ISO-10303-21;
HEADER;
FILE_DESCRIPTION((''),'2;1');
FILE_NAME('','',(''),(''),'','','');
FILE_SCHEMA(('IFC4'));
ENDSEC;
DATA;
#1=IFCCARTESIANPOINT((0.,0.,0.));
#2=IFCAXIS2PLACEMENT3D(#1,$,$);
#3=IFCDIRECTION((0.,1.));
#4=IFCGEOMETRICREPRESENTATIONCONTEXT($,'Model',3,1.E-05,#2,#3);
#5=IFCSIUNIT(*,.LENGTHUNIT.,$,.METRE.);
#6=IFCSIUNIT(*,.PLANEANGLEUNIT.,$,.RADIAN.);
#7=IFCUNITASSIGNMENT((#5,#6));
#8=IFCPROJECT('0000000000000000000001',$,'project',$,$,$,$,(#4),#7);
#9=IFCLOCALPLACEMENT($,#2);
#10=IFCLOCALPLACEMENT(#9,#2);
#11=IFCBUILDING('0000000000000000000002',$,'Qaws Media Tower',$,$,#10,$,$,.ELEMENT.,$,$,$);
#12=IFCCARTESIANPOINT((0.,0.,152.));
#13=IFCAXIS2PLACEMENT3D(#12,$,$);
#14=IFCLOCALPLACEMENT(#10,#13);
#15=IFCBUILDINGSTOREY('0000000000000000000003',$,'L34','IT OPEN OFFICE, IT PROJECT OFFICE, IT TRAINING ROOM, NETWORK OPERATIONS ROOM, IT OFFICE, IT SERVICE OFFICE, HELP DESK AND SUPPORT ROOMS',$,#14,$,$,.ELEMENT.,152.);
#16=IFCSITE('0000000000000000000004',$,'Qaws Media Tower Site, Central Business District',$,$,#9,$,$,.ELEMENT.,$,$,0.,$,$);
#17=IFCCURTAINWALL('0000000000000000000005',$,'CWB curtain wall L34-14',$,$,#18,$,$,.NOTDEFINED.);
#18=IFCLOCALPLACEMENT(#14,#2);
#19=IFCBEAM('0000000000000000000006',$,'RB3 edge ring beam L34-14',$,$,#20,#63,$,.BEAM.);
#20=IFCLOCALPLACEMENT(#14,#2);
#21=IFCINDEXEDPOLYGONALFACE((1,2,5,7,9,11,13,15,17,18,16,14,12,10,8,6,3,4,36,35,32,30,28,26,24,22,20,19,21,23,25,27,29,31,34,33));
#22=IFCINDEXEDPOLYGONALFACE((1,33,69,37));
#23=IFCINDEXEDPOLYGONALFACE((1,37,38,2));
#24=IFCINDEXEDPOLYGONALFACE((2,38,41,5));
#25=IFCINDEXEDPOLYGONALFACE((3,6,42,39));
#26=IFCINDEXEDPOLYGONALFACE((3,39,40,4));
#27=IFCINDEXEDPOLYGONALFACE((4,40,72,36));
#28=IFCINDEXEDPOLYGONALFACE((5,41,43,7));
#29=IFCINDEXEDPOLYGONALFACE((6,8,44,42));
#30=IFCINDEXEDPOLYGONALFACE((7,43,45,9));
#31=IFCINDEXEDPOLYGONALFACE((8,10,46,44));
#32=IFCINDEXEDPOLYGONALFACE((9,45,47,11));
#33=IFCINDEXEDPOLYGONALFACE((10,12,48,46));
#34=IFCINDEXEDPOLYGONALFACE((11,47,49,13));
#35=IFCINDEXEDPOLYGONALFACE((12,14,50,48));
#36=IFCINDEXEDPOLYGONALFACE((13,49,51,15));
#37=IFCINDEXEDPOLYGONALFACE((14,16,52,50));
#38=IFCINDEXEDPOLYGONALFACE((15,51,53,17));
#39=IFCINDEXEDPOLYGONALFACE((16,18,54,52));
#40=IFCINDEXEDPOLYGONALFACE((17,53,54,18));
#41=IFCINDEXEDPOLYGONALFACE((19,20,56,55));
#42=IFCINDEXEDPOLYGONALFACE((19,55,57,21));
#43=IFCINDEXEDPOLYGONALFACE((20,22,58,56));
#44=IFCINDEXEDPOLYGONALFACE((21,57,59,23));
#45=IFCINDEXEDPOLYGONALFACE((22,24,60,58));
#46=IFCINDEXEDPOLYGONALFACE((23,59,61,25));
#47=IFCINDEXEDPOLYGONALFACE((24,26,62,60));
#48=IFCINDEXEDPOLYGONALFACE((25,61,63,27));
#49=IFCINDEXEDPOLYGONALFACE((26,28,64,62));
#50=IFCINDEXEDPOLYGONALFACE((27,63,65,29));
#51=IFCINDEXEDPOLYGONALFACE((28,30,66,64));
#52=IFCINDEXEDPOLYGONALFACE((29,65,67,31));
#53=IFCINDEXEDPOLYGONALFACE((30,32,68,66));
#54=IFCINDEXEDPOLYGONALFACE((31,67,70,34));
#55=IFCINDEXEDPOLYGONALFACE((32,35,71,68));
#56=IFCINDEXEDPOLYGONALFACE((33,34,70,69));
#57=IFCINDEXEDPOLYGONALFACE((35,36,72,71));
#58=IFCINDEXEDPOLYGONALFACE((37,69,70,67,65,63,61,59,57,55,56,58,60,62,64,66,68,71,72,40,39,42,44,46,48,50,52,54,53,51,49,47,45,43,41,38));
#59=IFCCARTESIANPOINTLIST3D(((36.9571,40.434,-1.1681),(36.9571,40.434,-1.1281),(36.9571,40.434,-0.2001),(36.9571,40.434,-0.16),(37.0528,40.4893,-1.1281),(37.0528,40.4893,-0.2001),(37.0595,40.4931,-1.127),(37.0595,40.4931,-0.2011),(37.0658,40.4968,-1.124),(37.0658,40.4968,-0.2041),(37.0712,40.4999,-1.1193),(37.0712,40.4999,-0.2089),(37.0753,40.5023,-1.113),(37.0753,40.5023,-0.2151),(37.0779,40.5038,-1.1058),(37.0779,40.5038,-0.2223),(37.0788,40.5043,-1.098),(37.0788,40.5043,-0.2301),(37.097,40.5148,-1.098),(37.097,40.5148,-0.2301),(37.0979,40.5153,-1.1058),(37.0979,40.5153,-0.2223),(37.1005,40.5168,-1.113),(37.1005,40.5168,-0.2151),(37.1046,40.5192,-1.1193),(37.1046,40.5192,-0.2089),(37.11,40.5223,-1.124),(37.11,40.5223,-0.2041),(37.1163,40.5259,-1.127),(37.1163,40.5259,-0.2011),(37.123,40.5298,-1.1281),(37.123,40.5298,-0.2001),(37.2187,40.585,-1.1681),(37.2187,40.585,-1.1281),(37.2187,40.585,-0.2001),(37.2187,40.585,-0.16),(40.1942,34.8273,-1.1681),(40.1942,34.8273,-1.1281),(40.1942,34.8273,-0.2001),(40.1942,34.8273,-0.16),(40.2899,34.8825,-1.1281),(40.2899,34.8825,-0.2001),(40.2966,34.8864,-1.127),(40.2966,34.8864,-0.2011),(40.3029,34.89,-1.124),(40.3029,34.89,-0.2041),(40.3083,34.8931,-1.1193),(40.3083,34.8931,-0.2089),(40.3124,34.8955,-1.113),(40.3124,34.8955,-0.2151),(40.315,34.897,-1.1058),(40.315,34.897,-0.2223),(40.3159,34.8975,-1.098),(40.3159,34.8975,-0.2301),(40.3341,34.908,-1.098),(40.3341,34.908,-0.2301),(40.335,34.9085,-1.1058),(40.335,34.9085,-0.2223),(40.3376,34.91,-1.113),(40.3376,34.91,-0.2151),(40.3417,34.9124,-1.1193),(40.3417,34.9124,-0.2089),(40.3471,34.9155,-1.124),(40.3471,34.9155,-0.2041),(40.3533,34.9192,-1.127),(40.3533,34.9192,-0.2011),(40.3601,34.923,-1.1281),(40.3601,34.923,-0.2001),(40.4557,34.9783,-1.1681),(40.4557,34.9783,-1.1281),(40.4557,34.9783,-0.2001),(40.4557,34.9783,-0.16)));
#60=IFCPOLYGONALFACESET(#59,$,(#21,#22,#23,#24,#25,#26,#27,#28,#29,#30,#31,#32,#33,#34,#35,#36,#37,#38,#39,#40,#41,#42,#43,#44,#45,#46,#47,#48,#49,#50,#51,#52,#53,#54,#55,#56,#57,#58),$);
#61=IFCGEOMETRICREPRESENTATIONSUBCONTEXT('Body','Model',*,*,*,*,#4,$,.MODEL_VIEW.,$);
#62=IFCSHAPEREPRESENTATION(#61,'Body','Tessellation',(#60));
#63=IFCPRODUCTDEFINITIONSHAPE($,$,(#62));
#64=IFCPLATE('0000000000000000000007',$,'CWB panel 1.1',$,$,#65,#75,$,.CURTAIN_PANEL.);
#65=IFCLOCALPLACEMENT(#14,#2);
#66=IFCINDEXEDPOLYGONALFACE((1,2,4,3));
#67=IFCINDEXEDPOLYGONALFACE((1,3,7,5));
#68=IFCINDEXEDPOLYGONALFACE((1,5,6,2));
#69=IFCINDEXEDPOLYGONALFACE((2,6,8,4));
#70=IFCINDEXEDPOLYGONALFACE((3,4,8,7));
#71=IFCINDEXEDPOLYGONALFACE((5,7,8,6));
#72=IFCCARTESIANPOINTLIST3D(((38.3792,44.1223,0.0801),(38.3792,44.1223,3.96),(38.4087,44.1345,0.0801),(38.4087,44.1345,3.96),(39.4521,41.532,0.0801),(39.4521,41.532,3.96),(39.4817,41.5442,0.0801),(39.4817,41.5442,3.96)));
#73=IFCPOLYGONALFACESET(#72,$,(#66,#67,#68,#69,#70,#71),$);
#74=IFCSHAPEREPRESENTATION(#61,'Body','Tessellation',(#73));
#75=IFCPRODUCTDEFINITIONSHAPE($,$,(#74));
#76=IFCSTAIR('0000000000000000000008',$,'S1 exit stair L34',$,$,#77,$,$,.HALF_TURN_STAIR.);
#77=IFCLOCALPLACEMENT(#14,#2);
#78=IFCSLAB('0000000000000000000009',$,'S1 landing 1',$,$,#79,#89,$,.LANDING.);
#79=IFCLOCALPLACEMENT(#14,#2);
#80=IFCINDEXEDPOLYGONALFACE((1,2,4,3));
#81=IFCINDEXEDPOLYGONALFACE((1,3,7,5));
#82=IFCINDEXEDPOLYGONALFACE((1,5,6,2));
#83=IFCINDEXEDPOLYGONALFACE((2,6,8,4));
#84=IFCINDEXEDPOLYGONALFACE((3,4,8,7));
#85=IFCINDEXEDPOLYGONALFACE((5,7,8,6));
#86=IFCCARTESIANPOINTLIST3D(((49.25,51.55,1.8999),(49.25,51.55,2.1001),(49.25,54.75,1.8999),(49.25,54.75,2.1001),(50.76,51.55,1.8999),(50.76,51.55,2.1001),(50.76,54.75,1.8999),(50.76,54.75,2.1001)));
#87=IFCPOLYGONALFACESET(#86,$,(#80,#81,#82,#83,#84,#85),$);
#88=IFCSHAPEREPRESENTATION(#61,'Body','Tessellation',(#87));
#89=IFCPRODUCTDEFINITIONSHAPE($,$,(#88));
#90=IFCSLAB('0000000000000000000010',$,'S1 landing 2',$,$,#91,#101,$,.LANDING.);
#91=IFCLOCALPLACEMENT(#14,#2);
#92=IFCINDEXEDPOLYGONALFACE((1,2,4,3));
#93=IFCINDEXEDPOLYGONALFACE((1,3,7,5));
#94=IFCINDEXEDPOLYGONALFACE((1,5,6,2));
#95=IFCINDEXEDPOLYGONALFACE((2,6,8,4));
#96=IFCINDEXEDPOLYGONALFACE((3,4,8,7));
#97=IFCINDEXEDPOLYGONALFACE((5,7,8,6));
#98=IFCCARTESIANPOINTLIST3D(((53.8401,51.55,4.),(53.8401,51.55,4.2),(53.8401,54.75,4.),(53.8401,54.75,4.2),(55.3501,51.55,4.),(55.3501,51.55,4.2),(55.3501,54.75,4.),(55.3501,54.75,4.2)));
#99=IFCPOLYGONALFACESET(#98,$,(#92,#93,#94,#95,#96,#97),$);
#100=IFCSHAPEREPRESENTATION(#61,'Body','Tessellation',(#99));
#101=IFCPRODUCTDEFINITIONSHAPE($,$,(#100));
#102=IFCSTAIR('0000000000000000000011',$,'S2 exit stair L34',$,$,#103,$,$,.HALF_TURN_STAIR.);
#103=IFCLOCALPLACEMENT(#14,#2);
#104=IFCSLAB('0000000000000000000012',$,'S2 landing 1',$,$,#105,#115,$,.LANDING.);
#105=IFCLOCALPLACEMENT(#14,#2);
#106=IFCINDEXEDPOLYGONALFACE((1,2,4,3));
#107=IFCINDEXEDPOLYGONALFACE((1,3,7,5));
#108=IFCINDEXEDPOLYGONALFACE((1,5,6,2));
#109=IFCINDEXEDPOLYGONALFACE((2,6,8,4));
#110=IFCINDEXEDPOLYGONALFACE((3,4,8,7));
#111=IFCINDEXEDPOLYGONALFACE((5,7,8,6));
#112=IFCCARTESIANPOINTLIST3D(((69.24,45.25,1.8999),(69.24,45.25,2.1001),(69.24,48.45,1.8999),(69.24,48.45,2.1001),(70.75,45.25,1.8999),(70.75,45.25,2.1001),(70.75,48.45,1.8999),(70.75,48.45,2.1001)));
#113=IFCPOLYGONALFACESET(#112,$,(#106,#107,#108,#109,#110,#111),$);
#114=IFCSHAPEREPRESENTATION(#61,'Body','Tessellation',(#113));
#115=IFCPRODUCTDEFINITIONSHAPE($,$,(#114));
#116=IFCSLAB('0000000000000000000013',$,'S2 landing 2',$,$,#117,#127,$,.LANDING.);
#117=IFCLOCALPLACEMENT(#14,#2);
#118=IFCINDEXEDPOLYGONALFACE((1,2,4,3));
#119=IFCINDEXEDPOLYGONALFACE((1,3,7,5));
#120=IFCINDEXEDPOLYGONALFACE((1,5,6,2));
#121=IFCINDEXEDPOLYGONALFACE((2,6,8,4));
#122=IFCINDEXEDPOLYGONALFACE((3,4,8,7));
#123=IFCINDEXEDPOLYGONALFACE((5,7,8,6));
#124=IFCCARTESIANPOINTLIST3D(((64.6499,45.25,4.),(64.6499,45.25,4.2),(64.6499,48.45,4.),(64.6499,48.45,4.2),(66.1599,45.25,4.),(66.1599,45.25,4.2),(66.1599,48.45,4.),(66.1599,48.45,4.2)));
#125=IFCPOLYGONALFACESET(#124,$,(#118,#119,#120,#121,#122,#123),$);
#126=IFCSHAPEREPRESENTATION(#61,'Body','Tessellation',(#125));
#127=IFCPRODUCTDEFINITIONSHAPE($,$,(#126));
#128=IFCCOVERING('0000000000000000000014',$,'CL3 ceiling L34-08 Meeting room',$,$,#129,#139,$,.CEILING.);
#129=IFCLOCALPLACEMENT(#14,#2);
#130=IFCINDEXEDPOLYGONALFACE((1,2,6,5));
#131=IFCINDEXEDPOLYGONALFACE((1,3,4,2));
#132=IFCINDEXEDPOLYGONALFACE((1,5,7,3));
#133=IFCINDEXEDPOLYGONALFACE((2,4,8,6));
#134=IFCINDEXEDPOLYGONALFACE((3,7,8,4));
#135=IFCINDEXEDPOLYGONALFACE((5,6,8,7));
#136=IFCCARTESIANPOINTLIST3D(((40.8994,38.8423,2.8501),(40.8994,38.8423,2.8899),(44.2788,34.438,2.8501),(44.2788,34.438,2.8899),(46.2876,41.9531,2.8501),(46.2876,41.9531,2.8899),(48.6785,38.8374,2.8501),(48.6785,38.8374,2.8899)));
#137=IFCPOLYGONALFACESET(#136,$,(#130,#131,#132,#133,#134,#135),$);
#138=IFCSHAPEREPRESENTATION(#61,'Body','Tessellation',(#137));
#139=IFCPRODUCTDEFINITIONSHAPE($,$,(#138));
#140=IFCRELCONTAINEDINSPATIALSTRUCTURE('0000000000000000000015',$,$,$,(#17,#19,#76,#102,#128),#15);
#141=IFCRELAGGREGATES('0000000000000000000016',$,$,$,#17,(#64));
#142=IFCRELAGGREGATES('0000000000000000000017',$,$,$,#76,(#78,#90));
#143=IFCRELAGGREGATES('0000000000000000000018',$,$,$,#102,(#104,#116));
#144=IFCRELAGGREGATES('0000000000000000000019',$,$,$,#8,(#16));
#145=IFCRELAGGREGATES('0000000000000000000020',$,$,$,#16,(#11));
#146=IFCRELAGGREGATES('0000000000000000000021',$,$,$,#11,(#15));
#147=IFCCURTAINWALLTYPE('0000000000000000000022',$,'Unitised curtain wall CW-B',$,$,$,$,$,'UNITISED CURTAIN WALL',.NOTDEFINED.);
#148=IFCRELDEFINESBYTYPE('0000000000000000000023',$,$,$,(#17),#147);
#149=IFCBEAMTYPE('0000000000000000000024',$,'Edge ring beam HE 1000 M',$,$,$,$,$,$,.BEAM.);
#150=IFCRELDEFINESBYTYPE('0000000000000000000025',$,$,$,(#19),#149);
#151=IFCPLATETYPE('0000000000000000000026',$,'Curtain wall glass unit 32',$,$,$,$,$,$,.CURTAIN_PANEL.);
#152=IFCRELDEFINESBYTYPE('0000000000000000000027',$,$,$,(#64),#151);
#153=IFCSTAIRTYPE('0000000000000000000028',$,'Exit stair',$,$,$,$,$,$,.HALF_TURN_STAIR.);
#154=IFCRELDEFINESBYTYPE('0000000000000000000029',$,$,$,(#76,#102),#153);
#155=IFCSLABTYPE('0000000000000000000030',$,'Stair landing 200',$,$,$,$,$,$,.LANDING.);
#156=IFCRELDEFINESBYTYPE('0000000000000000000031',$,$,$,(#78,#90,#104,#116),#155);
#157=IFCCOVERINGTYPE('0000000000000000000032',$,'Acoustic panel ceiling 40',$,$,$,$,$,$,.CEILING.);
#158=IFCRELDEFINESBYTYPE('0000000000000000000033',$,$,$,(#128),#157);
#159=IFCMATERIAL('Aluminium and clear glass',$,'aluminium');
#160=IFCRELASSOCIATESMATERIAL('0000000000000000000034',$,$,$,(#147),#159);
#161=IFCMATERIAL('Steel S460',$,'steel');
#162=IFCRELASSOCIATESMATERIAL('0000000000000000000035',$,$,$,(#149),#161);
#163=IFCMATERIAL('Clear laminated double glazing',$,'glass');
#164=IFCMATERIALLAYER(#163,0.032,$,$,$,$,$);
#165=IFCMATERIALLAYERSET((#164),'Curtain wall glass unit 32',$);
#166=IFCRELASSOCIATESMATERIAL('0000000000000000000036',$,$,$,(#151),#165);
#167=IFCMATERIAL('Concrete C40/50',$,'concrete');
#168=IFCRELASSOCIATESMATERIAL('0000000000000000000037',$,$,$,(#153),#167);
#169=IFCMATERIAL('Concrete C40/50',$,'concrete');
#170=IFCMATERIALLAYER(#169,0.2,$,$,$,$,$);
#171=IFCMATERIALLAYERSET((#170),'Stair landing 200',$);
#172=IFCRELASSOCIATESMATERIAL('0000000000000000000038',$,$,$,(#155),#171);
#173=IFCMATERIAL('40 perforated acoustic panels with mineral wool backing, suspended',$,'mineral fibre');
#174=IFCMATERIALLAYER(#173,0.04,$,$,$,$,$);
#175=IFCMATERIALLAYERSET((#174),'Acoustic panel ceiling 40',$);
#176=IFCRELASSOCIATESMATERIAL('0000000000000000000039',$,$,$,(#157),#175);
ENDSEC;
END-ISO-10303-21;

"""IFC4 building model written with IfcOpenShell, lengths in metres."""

from ifc_helpers import new_model, si_unit, direction, frame, origin, origin_2d, place, context, subcontext, project, spatial, polyline, rectangle, i_section, outline, extrude, material, layer, layer_set, material_profile, profile_set, type_object, element, aggregate, save


model = new_model("IFC4")

# Units and contexts
model_context = context("Model", 3, precision=1e-05, world=origin(), true_north=direction((0.0, 1.0)))
body_context = subcontext(model_context, "Body", "Model", "MODEL_VIEW")
ifc_project = project(units=[si_unit("LENGTHUNIT", "METRE"), si_unit("PLANEANGLEUNIT", "RADIAN")], contexts=[model_context])

# Site, building, storey
site_placement = place(None, origin())
site = spatial("IfcSite", under=ifc_project, at=site_placement, Name="Qaws Media Tower Site, Central Business District", CompositionType="ELEMENT", RefElevation=0.0)
building_placement = place(site_placement, origin())
building = spatial("IfcBuilding", under=site, at=building_placement, Name="Qaws Media Tower", CompositionType="ELEMENT")
storey_placement = place(building_placement, frame((0.0, 0.0, 152.0)))
storey = spatial("IfcBuildingStorey", under=building, at=storey_placement, Name="L34", Description="IT OPEN OFFICE, IT PROJECT OFFICE, IT TRAINING ROOM, NETWORK OPERATIONS ROOM, IT OFFICE, IT SERVICE OFFICE, HELP DESK AND SUPPORT ROOMS", CompositionType="ELEMENT", Elevation=152.0)

# Curtain wall
ifc_material_1 = material(Name="Aluminium and clear glass", Category="aluminium")
curtain_wall_type = type_object("IfcCurtainWallType", Name="Unitised curtain wall CW-B", ElementType="UNITISED CURTAIN WALL", PredefinedType="NOTDEFINED", material=ifc_material_1)
curtain_wall_placement = place(storey_placement, origin())
curtain_wall = element("IfcCurtainWall", 1, at=curtain_wall_placement, inside=storey, type_object=curtain_wall_type, Name="CWB curtain wall L34-14", PredefinedType="NOTDEFINED")

# Beam
ifc_material_2 = material(Name="Steel S460", Category="steel")
ifc_material_profile_1 = material_profile(ifc_material_2, i_section(OverallWidth=0.302, OverallDepth=1.0081, WebThickness=0.021, FlangeThickness=0.04, FilletRadius=0.03, at=origin_2d()), Name="HE 1000 M")
ifc_profile_set_1 = profile_set([ifc_material_profile_1], Name="Steel S460")
beam_type = type_object("IfcBeamType", Name="Edge ring beam HE 1000 M", PredefinedType="BEAM", material=ifc_profile_set_1)
beam_placement = place(storey_placement, frame((37.0879, 40.5095, -0.6641), z_axis=(0.500004, -0.866023, 0.0), x_axis=(0.866023, 0.500004, 0.0)))
element("IfcBeam", 2, at=beam_placement, inside=storey, type_object=beam_type, Name="RB3 edge ring beam L34-14", PredefinedType="BEAM", context=body_context, shape_type="SweptSolid", body=[
    extrude(i_section(OverallWidth=0.302, OverallDepth=1.0081, WebThickness=0.021, FlangeThickness=0.04, FilletRadius=0.03, at=origin_2d()), origin(), (0.0, 0.0, 1.0), 6.4741),
])

# Plate
ifc_material_3 = material(Name="Clear laminated double glazing", Category="glass")
ifc_layer_1 = layer(ifc_material_3, 0.032)
ifc_layer_set_1 = layer_set([ifc_layer_1], Name="Curtain wall glass unit 32")
plate_type = type_object("IfcPlateType", Name="Curtain wall glass unit 32", PredefinedType="CURTAIN_PANEL", material=ifc_layer_set_1)
plate_placement = place(storey_placement, frame((38.9304, 42.8333, 0.0801), z_axis=(0.0, 0.0, 1.0), x_axis=(0.382684, -0.923879, 0.0)))
plate = element("IfcPlate", 3, at=plate_placement, type_object=plate_type, Name="CWB panel 1.1", PredefinedType="CURTAIN_PANEL", context=body_context, shape_type="SweptSolid", body=[
    extrude(rectangle(XDim=2.8037, YDim=0.032, at=origin_2d()), origin(), (0.0, 0.0, 1.0), 3.8799),
])
aggregate(curtain_wall, [plate])

# Stairs, slabs
ifc_material_4 = material(Name="Concrete C40/50", Category="concrete")
stair_type = type_object("IfcStairType", Name="Exit stair", PredefinedType="HALF_TURN_STAIR", material=ifc_material_4)
stair_1_placement = place(storey_placement, origin())
stair_1 = element("IfcStair", 4, at=stair_1_placement, inside=storey, type_object=stair_type, Name="S1 exit stair L34", PredefinedType="HALF_TURN_STAIR")
ifc_material_5 = material(Name="Concrete C40/50", Category="concrete")
ifc_layer_2 = layer(ifc_material_5, 0.2)
ifc_layer_set_2 = layer_set([ifc_layer_2], Name="Stair landing 200")
slab_type = type_object("IfcSlabType", Name="Stair landing 200", PredefinedType="LANDING", material=ifc_layer_set_2)
slab_1_placement = place(storey_placement, frame((0.0, 0.0, 1.8999)))
slab_1 = element("IfcSlab", 5, at=slab_1_placement, type_object=slab_type, Name="S1 landing 1", PredefinedType="LANDING", context=body_context, shape_type="SweptSolid", body=[
    extrude(outline(polyline([(49.25, 51.55), (50.76, 51.55), (50.76, 54.75), (49.25, 54.75), (49.25, 51.55)])), origin(), (0.0, 0.0, 1.0), 0.2002),
])
slab_2_placement = place(storey_placement, frame((0.0, 0.0, 4.0)))
slab_2 = element("IfcSlab", 6, at=slab_2_placement, type_object=slab_type, Name="S1 landing 2", PredefinedType="LANDING", context=body_context, shape_type="SweptSolid", body=[
    extrude(outline(polyline([(53.8401, 51.55), (55.3501, 51.55), (55.3501, 54.75), (53.8401, 54.75), (53.8401, 51.55)])), origin(), (0.0, 0.0, 1.0), 0.2),
])
aggregate(stair_1, [slab_1, slab_2])
stair_2_placement = place(storey_placement, origin())
stair_2 = element("IfcStair", 7, at=stair_2_placement, inside=storey, type_object=stair_type, Name="S2 exit stair L34", PredefinedType="HALF_TURN_STAIR")
slab_3_placement = place(storey_placement, frame((0.0, 0.0, 1.8999)))
slab_3 = element("IfcSlab", 8, at=slab_3_placement, type_object=slab_type, Name="S2 landing 1", PredefinedType="LANDING", context=body_context, shape_type="SweptSolid", body=[
    extrude(outline(polyline([(69.24, 45.25), (70.75, 45.25), (70.75, 48.45), (69.24, 48.45), (69.24, 45.25)])), origin(), (0.0, 0.0, 1.0), 0.2002),
])
slab_4_placement = place(storey_placement, frame((0.0, 0.0, 4.0)))
slab_4 = element("IfcSlab", 9, at=slab_4_placement, type_object=slab_type, Name="S2 landing 2", PredefinedType="LANDING", context=body_context, shape_type="SweptSolid", body=[
    extrude(outline(polyline([(64.6499, 45.25), (66.1599, 45.25), (66.1599, 48.45), (64.6499, 48.45), (64.6499, 45.25)])), origin(), (0.0, 0.0, 1.0), 0.2),
])
aggregate(stair_2, [slab_3, slab_4])

# Covering
ifc_material_6 = material(Name="40 perforated acoustic panels with mineral wool backing, suspended", Category="mineral fibre")
ifc_layer_3 = layer(ifc_material_6, 0.04)
ifc_layer_set_3 = layer_set([ifc_layer_3], Name="Acoustic panel ceiling 40")
covering_type_1 = type_object("IfcCoveringType", Name="Acoustic panel ceiling 40", PredefinedType="CEILING", material=ifc_layer_set_3)
covering_1_placement = place(storey_placement, frame((0.0, 0.0, 2.8501)))
element("IfcCovering", 10, at=covering_1_placement, inside=storey, type_object=covering_type_1, Name="CL3 ceiling L34-08 Meeting room", PredefinedType="CEILING", context=body_context, shape_type="SweptSolid", body=[
    extrude(outline(polyline([(40.8994, 38.8423), (46.2876, 41.9531), (48.6785, 38.8374), (44.2788, 34.438), (40.8994, 38.8423)])), origin(), (0.0, 0.0, 1.0), 0.0398),
])

save(model, "model.ifc")
